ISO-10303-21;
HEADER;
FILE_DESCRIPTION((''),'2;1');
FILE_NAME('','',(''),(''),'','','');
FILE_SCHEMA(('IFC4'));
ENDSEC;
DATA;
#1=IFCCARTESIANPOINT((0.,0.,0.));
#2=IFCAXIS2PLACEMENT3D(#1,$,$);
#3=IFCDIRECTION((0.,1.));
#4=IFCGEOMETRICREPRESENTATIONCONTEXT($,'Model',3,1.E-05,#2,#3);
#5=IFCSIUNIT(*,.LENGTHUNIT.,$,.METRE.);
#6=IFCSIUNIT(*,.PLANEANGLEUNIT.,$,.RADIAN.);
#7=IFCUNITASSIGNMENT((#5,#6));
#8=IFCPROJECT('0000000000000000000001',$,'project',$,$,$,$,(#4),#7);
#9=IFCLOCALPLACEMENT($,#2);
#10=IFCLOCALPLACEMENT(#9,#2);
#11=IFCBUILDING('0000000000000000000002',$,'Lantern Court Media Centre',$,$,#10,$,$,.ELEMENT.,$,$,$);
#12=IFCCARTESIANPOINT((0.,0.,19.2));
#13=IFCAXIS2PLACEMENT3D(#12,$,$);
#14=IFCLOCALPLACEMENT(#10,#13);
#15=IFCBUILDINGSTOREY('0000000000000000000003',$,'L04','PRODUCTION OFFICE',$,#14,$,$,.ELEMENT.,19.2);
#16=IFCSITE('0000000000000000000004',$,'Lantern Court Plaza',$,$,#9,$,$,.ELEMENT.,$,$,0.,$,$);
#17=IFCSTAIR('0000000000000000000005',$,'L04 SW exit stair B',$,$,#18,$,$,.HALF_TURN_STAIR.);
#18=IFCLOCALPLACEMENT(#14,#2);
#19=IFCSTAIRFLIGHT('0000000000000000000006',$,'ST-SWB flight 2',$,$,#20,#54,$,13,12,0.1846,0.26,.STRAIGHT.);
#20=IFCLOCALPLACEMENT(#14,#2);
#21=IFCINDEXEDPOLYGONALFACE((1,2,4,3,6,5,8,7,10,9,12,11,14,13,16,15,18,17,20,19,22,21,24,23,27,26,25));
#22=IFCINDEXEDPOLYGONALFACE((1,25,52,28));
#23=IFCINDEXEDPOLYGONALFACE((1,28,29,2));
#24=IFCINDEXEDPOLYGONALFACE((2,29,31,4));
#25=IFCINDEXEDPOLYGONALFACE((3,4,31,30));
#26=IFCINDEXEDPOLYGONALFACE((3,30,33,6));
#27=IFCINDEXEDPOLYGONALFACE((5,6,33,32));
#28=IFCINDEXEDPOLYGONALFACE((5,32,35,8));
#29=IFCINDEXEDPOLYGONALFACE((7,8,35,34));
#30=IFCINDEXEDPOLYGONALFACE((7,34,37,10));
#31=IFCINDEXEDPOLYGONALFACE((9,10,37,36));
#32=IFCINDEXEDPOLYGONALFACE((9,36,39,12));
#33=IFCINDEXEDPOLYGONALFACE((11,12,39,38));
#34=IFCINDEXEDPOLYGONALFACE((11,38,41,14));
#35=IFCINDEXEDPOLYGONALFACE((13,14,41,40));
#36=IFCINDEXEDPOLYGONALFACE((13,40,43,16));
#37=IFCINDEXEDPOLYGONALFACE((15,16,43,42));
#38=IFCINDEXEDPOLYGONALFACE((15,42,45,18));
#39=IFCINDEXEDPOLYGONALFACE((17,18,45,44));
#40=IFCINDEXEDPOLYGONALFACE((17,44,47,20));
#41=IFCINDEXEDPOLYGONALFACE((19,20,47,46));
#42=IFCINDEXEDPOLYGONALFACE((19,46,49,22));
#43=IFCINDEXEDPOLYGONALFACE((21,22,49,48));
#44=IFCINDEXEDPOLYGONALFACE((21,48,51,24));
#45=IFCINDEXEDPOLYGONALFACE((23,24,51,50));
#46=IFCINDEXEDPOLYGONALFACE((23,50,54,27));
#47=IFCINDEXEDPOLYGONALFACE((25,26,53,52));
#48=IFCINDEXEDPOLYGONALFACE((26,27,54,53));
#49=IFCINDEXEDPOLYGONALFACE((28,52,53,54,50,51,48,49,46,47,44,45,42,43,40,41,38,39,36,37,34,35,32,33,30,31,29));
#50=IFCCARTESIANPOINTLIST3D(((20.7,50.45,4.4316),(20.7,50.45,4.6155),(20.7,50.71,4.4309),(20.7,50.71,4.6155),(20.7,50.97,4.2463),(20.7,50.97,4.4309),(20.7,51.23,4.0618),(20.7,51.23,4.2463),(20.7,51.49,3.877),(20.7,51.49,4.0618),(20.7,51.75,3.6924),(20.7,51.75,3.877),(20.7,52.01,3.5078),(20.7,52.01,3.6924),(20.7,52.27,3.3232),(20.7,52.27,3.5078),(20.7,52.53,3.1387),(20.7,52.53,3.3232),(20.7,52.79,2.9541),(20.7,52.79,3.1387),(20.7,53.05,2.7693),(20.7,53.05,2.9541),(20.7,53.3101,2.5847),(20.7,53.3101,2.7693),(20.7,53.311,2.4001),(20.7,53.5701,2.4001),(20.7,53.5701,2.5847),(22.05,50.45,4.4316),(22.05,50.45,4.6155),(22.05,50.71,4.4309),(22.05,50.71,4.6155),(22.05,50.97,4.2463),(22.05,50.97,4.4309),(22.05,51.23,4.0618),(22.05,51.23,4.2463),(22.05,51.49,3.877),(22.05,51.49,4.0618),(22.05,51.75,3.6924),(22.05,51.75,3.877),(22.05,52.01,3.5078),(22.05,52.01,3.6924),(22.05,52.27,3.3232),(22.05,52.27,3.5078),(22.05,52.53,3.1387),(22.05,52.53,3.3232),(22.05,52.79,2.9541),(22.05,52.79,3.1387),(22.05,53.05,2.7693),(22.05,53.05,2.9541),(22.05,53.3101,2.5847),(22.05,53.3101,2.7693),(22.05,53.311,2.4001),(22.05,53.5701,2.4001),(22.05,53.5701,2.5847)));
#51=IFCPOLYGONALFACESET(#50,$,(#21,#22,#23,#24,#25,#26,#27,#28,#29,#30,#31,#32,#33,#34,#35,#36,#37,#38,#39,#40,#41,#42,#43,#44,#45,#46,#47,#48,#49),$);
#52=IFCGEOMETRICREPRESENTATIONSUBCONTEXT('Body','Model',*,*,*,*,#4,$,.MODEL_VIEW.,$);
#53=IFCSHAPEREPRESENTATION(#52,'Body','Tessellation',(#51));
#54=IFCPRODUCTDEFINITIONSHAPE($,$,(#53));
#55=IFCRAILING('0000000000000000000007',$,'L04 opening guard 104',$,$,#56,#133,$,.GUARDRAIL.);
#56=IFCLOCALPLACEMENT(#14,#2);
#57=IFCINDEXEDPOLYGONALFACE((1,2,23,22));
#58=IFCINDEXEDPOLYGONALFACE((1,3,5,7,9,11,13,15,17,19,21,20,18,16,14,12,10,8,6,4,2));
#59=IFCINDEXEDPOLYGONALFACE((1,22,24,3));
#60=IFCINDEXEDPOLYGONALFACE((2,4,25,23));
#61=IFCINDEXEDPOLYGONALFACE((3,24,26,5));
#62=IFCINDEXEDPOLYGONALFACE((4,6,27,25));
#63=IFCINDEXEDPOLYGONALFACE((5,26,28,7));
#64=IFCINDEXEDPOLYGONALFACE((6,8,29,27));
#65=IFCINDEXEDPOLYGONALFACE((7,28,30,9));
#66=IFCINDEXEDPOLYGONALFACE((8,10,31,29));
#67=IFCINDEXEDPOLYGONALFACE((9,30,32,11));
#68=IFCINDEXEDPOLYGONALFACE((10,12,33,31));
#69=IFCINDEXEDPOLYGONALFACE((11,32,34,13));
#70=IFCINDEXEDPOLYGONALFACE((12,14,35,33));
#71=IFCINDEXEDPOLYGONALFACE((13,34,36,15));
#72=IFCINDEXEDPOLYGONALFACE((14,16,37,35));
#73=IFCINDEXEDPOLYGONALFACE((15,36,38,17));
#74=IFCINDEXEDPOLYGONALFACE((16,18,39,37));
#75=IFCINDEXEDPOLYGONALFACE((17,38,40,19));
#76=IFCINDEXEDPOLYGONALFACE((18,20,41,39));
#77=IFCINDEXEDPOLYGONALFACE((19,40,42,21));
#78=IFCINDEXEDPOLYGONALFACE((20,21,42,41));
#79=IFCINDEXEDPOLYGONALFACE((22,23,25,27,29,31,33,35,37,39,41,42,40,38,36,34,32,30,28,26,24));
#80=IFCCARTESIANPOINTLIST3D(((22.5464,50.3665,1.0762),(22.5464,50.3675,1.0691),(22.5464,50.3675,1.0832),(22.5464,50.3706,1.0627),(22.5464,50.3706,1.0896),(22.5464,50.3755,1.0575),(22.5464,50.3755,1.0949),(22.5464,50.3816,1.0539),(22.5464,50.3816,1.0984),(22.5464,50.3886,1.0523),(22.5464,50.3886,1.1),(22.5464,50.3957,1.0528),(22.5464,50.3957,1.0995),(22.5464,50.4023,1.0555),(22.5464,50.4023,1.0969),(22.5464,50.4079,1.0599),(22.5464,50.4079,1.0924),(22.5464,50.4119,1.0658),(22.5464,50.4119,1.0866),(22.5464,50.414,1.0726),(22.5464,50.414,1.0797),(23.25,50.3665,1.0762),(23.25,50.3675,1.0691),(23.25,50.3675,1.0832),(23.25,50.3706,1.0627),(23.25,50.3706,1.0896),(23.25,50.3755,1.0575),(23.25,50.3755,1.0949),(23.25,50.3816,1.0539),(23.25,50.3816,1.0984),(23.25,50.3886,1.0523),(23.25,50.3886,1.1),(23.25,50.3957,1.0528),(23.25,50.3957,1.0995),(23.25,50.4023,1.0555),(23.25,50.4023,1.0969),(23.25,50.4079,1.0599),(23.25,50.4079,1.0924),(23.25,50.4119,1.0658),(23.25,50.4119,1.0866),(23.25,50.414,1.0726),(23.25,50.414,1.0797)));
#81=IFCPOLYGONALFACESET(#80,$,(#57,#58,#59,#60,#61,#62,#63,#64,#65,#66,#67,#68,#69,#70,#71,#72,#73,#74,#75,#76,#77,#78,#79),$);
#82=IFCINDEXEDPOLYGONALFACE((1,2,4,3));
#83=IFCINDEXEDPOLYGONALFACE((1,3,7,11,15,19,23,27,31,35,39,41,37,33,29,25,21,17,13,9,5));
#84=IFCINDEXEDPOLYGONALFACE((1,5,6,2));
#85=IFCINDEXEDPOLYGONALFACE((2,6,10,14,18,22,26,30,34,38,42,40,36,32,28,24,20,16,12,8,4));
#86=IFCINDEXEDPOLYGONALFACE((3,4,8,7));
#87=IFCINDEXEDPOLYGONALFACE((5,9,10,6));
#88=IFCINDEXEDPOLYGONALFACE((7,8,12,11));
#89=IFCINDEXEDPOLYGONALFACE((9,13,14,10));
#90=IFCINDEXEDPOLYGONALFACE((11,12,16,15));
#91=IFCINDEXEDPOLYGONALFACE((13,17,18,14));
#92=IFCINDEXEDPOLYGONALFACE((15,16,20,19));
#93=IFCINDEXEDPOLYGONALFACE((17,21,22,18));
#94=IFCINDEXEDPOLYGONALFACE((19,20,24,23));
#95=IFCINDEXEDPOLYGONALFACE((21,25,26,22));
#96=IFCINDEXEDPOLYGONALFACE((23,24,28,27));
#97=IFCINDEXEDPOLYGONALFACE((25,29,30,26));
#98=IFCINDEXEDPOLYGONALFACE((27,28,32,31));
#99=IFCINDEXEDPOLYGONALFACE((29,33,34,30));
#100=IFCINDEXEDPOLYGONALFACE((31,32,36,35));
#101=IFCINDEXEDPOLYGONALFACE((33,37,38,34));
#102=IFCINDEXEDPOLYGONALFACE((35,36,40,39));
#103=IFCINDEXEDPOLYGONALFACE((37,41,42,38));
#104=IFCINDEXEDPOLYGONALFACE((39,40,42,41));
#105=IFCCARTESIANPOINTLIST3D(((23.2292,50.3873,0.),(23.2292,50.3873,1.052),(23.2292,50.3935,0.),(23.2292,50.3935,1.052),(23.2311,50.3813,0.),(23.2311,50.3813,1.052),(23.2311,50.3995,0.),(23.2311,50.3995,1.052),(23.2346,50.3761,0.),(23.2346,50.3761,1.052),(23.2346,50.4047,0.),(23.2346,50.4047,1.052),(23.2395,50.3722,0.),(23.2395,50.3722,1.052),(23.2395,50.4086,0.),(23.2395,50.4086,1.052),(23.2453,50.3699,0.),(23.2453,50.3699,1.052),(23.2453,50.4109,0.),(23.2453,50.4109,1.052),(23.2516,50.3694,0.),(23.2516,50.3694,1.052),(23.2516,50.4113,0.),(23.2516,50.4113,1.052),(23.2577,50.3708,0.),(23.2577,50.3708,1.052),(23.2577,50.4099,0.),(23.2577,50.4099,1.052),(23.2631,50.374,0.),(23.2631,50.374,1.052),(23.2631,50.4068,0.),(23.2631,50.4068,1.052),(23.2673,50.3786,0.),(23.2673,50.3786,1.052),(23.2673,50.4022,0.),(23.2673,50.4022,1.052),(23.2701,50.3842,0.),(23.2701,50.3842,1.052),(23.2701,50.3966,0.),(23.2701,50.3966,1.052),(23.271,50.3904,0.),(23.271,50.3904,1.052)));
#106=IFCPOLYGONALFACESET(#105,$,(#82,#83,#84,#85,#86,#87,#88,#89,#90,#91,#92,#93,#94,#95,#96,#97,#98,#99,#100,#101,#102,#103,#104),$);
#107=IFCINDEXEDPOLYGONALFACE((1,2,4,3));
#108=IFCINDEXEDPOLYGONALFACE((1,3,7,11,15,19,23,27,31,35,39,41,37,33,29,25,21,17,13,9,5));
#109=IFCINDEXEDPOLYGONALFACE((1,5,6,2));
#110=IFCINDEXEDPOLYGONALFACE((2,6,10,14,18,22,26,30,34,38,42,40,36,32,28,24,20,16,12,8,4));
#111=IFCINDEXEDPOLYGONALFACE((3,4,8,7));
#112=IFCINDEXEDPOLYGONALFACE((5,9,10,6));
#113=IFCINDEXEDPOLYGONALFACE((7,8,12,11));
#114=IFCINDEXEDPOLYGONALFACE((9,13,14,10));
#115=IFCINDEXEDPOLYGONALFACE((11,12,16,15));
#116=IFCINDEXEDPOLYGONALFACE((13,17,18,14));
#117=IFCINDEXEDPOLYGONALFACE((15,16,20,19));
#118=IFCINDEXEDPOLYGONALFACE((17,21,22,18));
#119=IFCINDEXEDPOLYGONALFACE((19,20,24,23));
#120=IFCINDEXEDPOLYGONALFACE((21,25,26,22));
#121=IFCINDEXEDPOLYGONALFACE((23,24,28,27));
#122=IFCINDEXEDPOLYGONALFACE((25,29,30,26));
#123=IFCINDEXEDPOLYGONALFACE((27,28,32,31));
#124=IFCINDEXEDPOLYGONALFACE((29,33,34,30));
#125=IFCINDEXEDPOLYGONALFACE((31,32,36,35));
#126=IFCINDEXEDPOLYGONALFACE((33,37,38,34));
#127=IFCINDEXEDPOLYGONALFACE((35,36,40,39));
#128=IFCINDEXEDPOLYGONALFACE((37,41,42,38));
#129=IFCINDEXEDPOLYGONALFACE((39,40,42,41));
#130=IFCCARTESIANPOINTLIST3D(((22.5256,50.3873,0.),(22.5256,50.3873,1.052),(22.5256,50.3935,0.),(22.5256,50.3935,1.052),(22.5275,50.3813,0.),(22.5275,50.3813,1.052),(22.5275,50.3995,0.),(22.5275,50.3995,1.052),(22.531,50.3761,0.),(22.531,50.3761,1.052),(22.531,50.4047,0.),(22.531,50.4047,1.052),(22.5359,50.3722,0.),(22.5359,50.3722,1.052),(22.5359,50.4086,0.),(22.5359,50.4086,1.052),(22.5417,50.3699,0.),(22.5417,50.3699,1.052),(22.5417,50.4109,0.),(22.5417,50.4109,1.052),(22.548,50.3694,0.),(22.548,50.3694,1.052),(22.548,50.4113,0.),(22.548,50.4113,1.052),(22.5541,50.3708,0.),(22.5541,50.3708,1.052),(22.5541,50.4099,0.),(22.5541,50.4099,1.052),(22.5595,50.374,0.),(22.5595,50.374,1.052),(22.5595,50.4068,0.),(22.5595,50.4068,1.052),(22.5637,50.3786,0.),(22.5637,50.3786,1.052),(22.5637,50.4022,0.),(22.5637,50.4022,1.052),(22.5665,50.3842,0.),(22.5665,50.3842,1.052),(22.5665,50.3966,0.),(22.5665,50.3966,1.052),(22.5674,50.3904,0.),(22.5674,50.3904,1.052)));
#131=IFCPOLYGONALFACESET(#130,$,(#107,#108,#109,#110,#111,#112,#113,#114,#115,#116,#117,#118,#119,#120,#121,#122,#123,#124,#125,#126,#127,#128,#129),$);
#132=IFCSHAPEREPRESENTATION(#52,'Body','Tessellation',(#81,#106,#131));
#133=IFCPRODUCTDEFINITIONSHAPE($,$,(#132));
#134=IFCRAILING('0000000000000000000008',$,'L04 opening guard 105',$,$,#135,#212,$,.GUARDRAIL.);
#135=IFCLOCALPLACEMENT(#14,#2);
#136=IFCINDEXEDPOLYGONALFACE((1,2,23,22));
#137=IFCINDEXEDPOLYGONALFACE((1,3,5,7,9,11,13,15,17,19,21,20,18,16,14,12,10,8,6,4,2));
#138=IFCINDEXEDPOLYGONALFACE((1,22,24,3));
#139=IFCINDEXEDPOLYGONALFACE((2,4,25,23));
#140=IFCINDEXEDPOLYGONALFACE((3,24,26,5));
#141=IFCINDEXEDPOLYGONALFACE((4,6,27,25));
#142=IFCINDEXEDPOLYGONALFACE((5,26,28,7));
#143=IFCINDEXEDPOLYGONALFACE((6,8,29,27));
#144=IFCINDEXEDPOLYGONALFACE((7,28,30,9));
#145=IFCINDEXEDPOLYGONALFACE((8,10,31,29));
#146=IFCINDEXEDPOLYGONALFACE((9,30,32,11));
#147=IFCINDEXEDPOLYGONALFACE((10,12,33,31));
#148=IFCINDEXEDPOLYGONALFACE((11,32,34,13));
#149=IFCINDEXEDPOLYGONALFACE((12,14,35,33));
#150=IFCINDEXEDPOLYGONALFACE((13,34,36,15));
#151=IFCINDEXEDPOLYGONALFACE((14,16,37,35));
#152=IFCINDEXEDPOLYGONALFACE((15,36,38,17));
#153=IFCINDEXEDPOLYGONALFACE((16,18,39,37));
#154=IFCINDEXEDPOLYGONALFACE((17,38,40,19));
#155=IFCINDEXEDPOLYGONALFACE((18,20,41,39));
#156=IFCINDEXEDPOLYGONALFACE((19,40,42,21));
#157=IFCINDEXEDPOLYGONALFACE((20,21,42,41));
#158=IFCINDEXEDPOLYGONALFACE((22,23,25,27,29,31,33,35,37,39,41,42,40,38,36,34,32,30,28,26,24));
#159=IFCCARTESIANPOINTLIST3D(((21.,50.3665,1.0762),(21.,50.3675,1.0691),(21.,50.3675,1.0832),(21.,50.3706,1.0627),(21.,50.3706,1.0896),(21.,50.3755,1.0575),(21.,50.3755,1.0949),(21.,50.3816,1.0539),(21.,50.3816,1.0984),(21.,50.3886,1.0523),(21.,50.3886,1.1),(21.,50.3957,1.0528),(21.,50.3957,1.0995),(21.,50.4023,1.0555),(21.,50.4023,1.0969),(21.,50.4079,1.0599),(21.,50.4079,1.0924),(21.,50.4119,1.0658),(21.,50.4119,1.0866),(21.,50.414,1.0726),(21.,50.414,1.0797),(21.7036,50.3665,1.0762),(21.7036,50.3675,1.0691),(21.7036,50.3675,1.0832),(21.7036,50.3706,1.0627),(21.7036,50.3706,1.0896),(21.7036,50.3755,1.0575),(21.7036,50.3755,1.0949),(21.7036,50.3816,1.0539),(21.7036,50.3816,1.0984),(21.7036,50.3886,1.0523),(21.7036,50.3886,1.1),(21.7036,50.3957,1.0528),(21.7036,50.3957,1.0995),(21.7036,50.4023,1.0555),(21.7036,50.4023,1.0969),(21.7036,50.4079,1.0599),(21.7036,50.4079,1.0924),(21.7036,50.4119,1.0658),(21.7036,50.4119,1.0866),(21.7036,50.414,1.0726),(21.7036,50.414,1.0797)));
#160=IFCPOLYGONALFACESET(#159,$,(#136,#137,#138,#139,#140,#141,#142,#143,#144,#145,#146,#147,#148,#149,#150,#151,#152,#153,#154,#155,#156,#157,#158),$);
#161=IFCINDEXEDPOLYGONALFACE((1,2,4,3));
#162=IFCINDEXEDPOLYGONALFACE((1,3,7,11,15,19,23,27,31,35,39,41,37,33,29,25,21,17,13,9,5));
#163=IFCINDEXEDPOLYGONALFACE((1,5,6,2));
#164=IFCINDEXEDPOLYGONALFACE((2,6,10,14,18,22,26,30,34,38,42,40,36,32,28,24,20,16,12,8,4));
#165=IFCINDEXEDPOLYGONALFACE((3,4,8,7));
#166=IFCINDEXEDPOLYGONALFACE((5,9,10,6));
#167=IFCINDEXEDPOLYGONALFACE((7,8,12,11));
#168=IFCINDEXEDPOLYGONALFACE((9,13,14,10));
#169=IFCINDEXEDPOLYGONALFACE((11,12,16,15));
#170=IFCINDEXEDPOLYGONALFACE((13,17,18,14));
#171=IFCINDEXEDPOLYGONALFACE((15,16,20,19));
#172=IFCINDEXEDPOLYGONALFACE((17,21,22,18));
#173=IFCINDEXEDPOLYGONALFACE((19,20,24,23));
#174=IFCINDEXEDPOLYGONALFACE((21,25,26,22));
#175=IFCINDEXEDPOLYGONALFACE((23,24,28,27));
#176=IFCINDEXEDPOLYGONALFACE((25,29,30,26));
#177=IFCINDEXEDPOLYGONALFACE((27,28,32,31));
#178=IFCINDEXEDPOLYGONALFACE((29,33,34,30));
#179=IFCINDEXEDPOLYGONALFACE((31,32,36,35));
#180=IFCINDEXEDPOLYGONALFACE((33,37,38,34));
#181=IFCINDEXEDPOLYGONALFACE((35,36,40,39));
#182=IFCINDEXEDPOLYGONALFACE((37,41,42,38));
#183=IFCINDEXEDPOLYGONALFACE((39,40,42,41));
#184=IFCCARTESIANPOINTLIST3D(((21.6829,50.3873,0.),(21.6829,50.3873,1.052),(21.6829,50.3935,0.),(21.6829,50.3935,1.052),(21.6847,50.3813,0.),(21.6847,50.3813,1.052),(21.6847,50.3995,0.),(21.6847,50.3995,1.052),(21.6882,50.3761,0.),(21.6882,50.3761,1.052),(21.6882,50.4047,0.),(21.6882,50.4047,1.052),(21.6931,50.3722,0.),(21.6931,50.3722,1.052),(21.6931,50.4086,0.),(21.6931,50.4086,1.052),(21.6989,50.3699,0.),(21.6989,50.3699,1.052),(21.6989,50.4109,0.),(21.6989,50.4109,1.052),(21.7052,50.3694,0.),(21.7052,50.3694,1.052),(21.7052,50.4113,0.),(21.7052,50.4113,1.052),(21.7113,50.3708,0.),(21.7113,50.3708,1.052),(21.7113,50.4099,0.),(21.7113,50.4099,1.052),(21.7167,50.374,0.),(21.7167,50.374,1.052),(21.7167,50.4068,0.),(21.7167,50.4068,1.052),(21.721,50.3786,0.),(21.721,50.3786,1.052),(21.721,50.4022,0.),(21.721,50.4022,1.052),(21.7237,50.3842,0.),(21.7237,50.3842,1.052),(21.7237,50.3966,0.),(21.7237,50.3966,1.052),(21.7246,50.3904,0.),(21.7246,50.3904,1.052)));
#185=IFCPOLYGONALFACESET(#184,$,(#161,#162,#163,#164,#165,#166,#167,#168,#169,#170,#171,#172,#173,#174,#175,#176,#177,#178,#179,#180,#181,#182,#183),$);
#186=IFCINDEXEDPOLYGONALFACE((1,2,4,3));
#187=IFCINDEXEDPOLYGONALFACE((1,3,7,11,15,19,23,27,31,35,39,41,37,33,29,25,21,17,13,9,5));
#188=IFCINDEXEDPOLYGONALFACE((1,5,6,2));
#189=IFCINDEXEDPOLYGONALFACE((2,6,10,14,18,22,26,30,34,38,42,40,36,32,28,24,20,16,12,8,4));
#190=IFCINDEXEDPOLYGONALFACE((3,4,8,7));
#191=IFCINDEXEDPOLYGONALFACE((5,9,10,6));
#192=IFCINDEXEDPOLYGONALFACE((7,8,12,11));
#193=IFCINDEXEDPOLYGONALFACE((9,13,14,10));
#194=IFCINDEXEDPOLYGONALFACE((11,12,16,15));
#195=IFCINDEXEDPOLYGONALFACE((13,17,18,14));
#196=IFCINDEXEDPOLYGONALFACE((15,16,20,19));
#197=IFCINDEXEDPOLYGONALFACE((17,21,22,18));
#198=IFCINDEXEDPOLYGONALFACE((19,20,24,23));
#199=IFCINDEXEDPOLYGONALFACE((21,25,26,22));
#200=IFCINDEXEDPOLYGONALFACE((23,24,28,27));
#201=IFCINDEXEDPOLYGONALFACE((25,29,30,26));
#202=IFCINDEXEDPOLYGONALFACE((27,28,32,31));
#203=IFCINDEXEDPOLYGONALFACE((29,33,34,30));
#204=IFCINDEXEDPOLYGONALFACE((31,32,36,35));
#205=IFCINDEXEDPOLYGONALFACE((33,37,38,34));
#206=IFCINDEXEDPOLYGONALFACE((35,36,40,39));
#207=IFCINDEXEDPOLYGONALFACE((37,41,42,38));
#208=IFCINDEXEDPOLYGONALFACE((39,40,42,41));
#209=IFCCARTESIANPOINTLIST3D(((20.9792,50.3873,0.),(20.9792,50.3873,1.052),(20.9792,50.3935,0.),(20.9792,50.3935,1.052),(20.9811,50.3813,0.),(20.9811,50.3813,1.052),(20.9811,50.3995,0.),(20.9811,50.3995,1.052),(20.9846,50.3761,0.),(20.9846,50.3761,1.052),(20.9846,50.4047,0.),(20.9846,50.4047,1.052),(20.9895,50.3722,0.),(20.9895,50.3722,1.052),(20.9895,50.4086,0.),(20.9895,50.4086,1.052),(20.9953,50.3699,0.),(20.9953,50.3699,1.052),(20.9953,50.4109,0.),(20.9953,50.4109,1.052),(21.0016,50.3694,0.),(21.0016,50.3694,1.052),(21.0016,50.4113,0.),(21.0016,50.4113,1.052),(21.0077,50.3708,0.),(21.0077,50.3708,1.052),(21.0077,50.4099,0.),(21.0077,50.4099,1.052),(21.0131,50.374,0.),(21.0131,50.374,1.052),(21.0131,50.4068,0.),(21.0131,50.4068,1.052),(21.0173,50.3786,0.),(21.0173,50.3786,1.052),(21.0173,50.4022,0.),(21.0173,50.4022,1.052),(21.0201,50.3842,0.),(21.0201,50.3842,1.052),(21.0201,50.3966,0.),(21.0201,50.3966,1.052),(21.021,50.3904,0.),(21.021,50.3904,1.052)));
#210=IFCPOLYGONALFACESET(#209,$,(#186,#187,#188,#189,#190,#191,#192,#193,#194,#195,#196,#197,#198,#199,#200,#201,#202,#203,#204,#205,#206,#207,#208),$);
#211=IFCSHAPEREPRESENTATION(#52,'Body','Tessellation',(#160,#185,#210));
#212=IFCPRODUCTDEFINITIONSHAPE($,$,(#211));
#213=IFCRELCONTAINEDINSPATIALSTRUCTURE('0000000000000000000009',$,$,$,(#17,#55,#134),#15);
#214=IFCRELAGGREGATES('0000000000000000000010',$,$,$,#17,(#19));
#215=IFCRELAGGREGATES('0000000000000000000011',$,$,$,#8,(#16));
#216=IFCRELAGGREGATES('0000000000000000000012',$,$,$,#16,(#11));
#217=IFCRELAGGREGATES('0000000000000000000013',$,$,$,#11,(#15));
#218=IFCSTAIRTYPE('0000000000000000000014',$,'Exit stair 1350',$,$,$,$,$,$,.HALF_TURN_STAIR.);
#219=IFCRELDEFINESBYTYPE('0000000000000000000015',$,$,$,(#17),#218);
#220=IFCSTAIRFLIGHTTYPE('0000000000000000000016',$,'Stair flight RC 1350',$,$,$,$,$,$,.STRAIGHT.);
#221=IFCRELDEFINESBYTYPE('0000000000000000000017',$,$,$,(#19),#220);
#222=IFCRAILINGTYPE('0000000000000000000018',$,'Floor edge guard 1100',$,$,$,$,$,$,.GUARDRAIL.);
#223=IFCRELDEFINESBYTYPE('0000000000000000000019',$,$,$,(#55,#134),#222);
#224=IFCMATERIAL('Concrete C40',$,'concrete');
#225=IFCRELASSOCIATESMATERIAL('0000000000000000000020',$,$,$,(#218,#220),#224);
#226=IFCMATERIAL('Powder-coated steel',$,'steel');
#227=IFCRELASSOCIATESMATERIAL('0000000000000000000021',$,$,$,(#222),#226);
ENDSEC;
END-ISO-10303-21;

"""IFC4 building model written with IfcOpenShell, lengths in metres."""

from ifc_helpers import new_model, si_unit, direction, frame, origin, origin_2d, place, context, subcontext, project, spatial, polyline, circle, outline, extrude, material, type_object, element, aggregate, save


model = new_model("IFC4")

# Units and contexts
model_context = context("Model", 3, precision=1e-05, world=origin(), true_north=direction((0.0, 1.0)))
body_context = subcontext(model_context, "Body", "Model", "MODEL_VIEW")
ifc_project = project(units=[si_unit("LENGTHUNIT", "METRE"), si_unit("PLANEANGLEUNIT", "RADIAN")], contexts=[model_context])

# Site, building, storey
site_placement = place(None, origin())
site = spatial("IfcSite", under=ifc_project, at=site_placement, Name="Lantern Court Plaza", CompositionType="ELEMENT", RefElevation=0.0)
building_placement = place(site_placement, origin())
building = spatial("IfcBuilding", under=site, at=building_placement, Name="Lantern Court Media Centre", CompositionType="ELEMENT")
storey_placement = place(building_placement, frame((0.0, 0.0, 19.2)))
storey = spatial("IfcBuildingStorey", under=building, at=storey_placement, Name="L04", Description="PRODUCTION OFFICE", CompositionType="ELEMENT", Elevation=19.2)

# Shared definitions
ifc_material_1 = material(Name="Concrete C40", Category="concrete")

# Stair, stair flight
stair_type = type_object("IfcStairType", Name="Exit stair 1350", PredefinedType="HALF_TURN_STAIR", material=ifc_material_1)
stair_placement = place(storey_placement, origin())
stair = element("IfcStair", 1, at=stair_placement, inside=storey, type_object=stair_type, Name="L04 SW exit stair B", PredefinedType="HALF_TURN_STAIR")
stair_flight_type = type_object("IfcStairFlightType", Name="Stair flight RC 1350", PredefinedType="STRAIGHT", material=ifc_material_1)
stair_flight_1_placement = place(storey_placement, frame((21.375, 53.5701, 2.4001), z_axis=(0.0, 0.0, 1.0), x_axis=(0.0, -1.0, 0.0)))
stair_flight_1 = element("IfcStairFlight", 2, at=stair_flight_1_placement, type_object=stair_flight_type, Name="ST-SWB flight 2", NumberOfRisers=13, NumberOfTreads=12, PredefinedType="STRAIGHT", RiserHeight=0.1846, TreadLength=0.26, context=body_context, shape_type="SweptSolid", body=[
    extrude(outline(polyline([(0.0, 0.0), (0.0, 0.1846), (0.26, 0.1846), (0.26, 0.3691), (0.52, 0.3691), (0.52, 0.554), (0.78, 0.554), (0.78, 0.7385), (1.04, 0.7385), (1.04, 0.9231), (1.3, 0.9231), (1.3, 1.1077), (1.5601, 1.1077), (1.5601, 1.2922), (1.8201, 1.2922), (1.8201, 1.4768), (2.0801, 1.4768), (2.0801, 1.6616), (2.3401, 1.6616), (2.3401, 1.8462), (2.6001, 1.8462), (2.6001, 2.0308), (2.8601, 2.0308), (2.8601, 2.2153), (3.1201, 2.2153), (3.1201, 2.3999), (3.1201, 2.0315), (0.259, 0.0), (0.0, 0.0)])), frame((0.0, 0.675, 0.0), z_axis=(0.0, -1.0, 0.0), x_axis=(1.0, 0.0, 0.0)), (0.0, 0.0, 1.0), 1.3501),
])
aggregate(stair, [stair_flight_1])

# Railings
ifc_material_2 = material(Name="Powder-coated steel", Category="steel")
railing_type_1 = type_object("IfcRailingType", Name="Floor edge guard 1100", PredefinedType="GUARDRAIL", material=ifc_material_2)
for number, where, name in (
    (3, (23.25, 50.3904, 0.0), "L04 opening guard 104"),
    (4, (21.7036, 50.3904, 0.0), "L04 opening guard 105"),
):
    element("IfcRailing", number, at=place(storey_placement, frame(where)), inside=storey, type_object=railing_type_1, Name=name, PredefinedType="GUARDRAIL", context=body_context, shape_type="SweptSolid", body=[
        extrude(circle(Radius=0.0239, at=origin_2d()), frame((0.0, 0.0, 1.0762), z_axis=(-1.0, 0.0, 0.0), x_axis=(0.0, -1.0, 0.0)), (0.0, 0.0, 1.0), 0.7036),
        extrude(circle(Radius=0.021, at=origin_2d()), origin(), (0.0, 0.0, 1.0), 1.052),
        extrude(circle(Radius=0.021, at=origin_2d()), frame((-0.7036, 0.0, 0.0)), (0.0, 0.0, 1.0), 1.052),
    ])

save(model, "model.ifc")
